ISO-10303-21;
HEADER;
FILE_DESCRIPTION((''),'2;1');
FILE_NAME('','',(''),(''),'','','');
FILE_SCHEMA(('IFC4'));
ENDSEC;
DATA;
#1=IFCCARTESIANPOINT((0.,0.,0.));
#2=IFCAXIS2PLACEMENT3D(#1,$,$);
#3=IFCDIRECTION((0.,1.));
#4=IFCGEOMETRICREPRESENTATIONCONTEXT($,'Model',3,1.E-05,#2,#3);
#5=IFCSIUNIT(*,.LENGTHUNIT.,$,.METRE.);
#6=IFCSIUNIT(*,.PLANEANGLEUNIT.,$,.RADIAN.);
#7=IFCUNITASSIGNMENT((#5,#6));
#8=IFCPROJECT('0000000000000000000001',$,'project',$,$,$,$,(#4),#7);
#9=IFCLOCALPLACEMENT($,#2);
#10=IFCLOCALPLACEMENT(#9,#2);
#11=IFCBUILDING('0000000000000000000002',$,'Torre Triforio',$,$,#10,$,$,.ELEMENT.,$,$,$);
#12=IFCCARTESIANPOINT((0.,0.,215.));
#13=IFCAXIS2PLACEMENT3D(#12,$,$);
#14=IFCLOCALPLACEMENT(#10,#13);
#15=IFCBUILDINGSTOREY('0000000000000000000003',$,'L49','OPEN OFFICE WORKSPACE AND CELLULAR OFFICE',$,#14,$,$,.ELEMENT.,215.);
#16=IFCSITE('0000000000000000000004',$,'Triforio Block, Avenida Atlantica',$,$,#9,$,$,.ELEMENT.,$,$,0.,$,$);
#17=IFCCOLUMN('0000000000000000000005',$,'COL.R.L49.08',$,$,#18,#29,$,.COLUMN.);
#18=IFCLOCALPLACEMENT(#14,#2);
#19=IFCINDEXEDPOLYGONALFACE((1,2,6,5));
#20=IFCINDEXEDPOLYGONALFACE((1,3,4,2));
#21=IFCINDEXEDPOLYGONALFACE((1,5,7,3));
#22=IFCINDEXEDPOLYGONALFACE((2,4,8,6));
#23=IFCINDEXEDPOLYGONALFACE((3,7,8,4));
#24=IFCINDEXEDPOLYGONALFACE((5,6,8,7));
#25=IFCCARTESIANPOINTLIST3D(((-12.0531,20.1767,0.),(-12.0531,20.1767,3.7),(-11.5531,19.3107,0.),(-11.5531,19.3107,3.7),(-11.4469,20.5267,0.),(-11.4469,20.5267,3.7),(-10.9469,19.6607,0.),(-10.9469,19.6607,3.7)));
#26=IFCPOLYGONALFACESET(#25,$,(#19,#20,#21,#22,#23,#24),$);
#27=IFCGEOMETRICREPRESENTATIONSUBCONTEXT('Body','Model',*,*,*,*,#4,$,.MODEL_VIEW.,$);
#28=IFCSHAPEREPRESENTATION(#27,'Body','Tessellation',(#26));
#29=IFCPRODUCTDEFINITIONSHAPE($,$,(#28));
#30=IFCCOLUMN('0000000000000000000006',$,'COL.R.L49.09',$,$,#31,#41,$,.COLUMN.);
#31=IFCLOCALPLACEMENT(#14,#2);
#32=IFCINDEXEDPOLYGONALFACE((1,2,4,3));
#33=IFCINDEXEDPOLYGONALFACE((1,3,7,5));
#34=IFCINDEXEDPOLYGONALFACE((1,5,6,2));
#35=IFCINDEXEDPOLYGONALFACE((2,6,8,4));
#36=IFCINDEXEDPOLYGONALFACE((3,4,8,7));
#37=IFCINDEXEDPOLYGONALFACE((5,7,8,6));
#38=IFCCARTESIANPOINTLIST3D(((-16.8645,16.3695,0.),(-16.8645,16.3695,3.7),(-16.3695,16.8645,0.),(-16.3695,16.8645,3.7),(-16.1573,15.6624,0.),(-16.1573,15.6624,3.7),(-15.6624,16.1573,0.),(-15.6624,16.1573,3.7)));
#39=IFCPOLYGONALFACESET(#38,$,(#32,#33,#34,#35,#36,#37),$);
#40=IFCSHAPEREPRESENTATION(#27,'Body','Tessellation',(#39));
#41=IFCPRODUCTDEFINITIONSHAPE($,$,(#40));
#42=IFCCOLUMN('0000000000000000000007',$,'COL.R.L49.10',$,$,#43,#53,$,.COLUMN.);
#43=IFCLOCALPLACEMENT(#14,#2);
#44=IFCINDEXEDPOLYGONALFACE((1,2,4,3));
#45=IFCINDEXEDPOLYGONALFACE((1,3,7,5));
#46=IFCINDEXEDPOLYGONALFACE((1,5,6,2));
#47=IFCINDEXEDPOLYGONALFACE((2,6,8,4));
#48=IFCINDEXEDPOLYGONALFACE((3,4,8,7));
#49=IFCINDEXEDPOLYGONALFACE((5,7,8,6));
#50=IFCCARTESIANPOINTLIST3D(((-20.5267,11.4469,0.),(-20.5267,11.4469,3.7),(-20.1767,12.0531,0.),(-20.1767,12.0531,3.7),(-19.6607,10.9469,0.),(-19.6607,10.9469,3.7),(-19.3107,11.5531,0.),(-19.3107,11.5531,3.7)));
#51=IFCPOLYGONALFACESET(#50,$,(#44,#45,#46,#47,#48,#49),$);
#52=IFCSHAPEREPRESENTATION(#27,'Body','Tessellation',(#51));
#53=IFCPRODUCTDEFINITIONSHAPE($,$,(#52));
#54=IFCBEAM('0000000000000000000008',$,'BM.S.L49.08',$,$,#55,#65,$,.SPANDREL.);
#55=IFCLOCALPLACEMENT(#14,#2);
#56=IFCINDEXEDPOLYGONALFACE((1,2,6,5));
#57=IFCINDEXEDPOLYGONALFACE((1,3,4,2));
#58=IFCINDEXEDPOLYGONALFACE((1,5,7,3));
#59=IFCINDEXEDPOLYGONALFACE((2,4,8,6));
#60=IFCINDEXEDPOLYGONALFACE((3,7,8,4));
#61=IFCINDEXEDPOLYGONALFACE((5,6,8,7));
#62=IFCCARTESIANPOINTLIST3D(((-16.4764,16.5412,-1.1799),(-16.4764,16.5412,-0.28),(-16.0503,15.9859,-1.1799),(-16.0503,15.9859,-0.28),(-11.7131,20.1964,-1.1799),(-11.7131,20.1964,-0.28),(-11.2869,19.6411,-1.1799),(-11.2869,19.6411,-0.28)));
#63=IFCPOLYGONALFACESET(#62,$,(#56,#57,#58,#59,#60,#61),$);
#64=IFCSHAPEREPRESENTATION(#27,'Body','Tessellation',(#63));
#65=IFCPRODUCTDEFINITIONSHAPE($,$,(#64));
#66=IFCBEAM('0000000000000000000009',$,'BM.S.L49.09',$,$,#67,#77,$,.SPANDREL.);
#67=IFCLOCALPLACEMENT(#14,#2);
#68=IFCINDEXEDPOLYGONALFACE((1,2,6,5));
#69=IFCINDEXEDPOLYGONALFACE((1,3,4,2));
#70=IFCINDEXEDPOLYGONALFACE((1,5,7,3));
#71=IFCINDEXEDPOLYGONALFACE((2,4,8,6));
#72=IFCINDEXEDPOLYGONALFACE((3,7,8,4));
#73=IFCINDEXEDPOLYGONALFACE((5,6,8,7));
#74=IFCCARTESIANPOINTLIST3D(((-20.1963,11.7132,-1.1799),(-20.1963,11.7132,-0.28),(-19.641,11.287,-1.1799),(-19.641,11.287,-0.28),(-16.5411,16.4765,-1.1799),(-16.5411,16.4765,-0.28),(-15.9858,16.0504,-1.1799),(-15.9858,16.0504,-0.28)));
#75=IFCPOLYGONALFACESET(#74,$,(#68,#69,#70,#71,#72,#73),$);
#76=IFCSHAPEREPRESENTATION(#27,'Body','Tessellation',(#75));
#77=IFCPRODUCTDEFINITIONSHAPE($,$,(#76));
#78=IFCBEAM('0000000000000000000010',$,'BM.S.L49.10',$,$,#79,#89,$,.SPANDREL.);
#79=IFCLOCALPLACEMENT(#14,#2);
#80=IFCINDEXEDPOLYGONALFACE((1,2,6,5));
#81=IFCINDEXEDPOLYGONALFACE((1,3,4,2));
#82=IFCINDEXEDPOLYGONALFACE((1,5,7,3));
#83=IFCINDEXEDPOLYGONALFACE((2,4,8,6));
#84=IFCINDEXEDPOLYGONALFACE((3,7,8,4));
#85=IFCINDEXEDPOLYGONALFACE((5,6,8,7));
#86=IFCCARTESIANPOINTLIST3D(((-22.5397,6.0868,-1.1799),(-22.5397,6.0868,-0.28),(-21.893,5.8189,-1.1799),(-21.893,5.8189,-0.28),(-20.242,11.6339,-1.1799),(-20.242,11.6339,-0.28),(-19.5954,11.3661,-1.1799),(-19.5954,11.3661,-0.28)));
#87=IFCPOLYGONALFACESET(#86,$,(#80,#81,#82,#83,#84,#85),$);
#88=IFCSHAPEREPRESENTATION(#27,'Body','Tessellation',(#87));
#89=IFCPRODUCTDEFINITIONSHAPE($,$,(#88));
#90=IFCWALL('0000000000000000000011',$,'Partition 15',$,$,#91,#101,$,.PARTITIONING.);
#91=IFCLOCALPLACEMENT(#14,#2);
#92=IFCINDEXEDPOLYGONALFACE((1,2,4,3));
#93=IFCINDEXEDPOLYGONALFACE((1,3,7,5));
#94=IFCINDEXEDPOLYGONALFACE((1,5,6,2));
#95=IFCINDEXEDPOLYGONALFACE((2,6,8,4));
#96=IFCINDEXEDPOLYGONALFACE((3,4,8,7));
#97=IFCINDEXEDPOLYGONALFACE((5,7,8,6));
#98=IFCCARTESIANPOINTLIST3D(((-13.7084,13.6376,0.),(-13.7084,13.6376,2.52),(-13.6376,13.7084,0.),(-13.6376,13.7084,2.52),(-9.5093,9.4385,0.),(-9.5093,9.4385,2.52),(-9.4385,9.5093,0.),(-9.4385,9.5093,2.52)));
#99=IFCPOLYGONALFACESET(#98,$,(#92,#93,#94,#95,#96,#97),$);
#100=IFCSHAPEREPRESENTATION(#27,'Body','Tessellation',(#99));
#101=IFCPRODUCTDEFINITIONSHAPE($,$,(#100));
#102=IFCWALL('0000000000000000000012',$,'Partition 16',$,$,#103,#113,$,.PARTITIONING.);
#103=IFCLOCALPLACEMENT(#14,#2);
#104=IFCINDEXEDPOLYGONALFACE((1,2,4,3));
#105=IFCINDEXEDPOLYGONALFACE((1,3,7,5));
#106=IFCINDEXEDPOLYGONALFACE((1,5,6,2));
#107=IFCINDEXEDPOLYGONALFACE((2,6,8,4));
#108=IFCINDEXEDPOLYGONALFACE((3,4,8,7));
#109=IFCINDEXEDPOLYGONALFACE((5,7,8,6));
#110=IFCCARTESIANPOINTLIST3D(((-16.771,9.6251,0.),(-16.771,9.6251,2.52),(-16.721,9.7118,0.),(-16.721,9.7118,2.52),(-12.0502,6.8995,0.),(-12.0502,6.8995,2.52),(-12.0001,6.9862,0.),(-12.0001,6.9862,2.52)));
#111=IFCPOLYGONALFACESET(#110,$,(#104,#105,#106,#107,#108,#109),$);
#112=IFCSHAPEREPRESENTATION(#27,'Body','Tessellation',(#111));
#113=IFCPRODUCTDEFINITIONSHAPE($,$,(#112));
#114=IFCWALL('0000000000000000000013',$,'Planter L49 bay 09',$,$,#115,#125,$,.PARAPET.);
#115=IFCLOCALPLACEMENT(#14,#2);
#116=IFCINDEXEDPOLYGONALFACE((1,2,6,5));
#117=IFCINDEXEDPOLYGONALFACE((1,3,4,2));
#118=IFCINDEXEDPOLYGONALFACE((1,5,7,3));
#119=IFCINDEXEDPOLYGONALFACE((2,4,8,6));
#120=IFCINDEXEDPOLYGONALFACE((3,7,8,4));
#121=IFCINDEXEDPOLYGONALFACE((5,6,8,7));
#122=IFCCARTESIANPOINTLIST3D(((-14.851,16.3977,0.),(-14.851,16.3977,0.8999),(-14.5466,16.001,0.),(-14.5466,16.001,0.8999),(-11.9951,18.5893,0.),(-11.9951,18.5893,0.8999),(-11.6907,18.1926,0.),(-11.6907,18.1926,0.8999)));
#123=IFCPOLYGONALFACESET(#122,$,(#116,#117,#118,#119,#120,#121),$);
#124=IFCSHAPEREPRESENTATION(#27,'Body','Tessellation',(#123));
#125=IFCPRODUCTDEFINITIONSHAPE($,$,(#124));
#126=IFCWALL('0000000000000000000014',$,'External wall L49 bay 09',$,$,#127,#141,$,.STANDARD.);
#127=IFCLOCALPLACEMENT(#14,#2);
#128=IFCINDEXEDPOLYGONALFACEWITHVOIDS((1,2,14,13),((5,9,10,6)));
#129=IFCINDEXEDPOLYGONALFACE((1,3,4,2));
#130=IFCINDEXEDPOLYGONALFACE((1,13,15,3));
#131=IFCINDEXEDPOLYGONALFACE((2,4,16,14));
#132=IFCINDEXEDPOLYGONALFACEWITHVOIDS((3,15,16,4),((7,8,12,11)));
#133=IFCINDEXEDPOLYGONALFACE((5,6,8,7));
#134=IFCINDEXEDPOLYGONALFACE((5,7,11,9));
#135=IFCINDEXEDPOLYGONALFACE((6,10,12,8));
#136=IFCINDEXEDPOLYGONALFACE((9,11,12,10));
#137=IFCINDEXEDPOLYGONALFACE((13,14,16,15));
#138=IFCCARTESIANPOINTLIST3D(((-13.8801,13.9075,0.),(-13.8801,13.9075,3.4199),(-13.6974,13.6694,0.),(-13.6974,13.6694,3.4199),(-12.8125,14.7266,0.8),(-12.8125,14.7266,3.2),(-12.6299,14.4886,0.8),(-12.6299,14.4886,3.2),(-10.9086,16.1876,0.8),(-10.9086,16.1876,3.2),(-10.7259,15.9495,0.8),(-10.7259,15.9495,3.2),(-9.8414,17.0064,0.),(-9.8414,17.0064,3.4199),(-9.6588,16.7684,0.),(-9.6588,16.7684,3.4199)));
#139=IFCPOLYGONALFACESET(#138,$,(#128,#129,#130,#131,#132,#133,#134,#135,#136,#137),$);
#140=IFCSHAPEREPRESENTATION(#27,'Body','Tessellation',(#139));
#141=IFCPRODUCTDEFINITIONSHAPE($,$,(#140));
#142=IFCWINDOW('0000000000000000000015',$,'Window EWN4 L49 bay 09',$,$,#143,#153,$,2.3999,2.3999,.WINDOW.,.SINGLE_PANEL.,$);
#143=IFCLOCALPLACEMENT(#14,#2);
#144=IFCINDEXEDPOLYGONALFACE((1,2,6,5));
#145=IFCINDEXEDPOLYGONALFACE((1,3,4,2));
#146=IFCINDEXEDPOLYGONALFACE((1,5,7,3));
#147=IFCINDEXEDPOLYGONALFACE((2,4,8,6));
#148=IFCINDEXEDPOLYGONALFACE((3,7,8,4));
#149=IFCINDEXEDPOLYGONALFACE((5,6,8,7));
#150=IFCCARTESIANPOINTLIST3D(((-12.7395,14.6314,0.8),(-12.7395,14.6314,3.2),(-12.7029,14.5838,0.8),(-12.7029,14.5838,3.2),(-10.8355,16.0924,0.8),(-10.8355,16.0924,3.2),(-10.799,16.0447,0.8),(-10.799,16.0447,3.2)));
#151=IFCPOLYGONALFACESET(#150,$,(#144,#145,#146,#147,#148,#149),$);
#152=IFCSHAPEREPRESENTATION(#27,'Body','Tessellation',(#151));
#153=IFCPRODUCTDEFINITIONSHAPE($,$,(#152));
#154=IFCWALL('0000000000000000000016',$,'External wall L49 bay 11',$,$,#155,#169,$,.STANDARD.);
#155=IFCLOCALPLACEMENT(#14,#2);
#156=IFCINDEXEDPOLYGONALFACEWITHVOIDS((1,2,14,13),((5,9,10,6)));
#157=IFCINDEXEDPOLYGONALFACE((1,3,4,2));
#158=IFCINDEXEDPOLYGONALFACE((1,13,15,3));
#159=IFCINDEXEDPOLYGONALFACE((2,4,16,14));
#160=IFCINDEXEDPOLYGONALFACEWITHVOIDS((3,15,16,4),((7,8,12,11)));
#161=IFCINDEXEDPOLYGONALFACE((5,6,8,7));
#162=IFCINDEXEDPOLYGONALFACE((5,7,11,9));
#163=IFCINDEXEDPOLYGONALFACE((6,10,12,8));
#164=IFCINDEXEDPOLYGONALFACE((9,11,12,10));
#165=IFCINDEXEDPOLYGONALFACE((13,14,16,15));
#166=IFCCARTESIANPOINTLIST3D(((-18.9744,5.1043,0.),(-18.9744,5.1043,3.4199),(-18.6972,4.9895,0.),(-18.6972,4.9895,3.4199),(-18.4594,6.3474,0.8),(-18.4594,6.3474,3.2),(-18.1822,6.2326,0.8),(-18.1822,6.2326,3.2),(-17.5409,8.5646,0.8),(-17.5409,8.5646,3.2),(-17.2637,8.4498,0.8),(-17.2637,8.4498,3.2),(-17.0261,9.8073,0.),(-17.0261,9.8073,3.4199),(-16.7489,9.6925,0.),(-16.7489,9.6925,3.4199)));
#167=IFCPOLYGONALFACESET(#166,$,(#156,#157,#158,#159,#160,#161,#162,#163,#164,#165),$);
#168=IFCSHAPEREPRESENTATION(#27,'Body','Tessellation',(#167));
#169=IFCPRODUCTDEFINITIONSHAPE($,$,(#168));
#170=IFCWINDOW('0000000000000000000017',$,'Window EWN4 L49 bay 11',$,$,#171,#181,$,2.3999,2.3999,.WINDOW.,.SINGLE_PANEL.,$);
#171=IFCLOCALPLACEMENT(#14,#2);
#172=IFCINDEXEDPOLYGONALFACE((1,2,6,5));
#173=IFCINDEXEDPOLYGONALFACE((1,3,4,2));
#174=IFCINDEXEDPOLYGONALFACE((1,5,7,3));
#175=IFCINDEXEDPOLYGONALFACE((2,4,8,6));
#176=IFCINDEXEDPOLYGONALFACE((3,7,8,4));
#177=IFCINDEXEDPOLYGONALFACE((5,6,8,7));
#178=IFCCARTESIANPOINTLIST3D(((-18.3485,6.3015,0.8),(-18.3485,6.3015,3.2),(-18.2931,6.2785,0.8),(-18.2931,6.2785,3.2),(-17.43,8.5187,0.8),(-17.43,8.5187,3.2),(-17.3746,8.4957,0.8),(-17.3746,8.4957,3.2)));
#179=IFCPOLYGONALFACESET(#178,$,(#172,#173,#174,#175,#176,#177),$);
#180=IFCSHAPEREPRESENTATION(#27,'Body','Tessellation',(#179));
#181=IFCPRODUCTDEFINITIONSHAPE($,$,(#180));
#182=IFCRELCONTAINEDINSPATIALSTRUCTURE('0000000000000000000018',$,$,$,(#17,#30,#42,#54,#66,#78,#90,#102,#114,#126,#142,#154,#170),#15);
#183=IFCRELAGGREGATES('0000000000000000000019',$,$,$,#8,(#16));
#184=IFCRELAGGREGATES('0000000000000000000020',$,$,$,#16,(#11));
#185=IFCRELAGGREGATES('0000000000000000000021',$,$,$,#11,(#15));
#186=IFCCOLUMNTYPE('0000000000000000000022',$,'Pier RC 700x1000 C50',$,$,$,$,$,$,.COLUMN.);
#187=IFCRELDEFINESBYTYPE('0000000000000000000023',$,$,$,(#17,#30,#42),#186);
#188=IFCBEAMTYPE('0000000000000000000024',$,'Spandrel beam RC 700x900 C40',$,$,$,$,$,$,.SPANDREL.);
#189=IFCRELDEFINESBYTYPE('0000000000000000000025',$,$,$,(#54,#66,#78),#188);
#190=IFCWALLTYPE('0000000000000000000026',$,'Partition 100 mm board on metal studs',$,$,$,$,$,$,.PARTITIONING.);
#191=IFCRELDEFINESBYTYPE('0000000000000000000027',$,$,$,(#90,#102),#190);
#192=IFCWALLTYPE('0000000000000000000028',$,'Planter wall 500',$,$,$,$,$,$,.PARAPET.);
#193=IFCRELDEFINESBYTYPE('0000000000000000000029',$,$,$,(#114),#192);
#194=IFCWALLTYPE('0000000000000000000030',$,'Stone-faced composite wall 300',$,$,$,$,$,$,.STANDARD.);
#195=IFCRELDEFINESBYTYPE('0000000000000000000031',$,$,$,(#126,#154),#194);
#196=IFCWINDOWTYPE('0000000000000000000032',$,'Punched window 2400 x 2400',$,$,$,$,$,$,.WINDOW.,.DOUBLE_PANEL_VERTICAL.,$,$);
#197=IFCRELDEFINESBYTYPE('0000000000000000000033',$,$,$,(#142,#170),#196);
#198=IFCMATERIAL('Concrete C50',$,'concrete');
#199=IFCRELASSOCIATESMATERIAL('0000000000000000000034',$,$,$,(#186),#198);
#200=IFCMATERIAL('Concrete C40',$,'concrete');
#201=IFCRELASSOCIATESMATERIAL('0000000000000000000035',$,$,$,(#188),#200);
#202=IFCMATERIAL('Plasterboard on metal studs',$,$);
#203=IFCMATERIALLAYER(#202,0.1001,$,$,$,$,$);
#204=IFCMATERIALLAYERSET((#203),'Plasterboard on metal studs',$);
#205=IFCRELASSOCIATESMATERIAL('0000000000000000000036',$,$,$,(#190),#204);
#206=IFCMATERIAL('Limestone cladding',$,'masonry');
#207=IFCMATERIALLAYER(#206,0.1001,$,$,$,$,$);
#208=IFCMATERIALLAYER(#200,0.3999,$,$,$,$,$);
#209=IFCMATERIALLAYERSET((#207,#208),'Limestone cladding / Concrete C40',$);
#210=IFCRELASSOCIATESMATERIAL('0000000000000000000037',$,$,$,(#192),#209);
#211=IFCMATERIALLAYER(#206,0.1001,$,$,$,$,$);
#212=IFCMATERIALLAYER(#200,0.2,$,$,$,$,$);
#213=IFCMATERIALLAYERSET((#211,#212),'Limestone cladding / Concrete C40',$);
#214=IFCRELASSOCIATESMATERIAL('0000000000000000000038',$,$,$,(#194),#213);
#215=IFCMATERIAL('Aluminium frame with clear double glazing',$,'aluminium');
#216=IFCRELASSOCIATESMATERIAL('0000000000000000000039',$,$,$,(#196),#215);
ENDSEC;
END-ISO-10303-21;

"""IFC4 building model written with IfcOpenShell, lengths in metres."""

from ifc_helpers import new_model, si_unit, direction, frame, frame_2d, origin, origin_2d, place, context, subcontext, project, spatial, rectangle, extrude, material, layer, layer_set, material_profile, profile_set, type_object, element, fill, save


model = new_model("IFC4")

# Units and contexts
model_context = context("Model", 3, precision=1e-05, world=origin(), true_north=direction((0.0, 1.0)))
body_context = subcontext(model_context, "Body", "Model", "MODEL_VIEW")
ifc_project = project(units=[si_unit("LENGTHUNIT", "METRE"), si_unit("PLANEANGLEUNIT", "RADIAN")], contexts=[model_context])

# Site, building, storey
site_placement = place(None, origin())
site = spatial("IfcSite", under=ifc_project, at=site_placement, Name="Triforio Block, Avenida Atlantica", CompositionType="ELEMENT", RefElevation=0.0)
building_placement = place(site_placement, origin())
building = spatial("IfcBuilding", under=site, at=building_placement, Name="Torre Triforio", CompositionType="ELEMENT")
storey_placement = place(building_placement, frame((0.0, 0.0, 215.0)))
storey = spatial("IfcBuildingStorey", under=building, at=storey_placement, Name="L49", Description="OPEN OFFICE WORKSPACE AND CELLULAR OFFICE", CompositionType="ELEMENT", Elevation=215.0)

# Columns
ifc_material_1 = material(Name="Concrete C50", Category="concrete")
ifc_material_profile_1 = material_profile(ifc_material_1, rectangle(XDim=0.7, YDim=1.0, at=origin_2d()), Name="RC 700x1000")
ifc_profile_set_1 = profile_set([ifc_material_profile_1], Name="Concrete C50")
column_type = type_object("IfcColumnType", Name="Pier RC 700x1000 C50", PredefinedType="COLUMN", material=ifc_profile_set_1)
for number, where, z_axis, x_axis, name in (
    (1, (-11.5, 19.9187, 0.0), (0.0, 0.0, 1.0), (-0.866025, -0.5, 0.0), "COL.R.L49.08"),
    (2, (-16.2634, 16.2634, 0.0), (0.0, 0.0, 1.0), (-0.707107, -0.707107, 0.0), "COL.R.L49.09"),
    (3, (-19.9187, 11.5, 0.0), (0.0, 0.0, 1.0), (-0.5, -0.866025, 0.0), "COL.R.L49.10"),
):
    element("IfcColumn", number, at=place(storey_placement, frame(where, z_axis=z_axis, x_axis=x_axis)), inside=storey, type_object=column_type, Name=name, PredefinedType="COLUMN", context=body_context, shape_type="SweptSolid", body=[
        extrude(rectangle(XDim=0.7, YDim=1.0, at=origin_2d()), origin(), (0.0, 0.0, 1.0), 3.7),
    ])

# Beams
ifc_material_2 = material(Name="Concrete C40", Category="concrete")
ifc_material_profile_2 = material_profile(ifc_material_2, rectangle(XDim=0.7, YDim=0.8999, at=origin_2d()), Name="RC 700x900")
ifc_profile_set_2 = profile_set([ifc_material_profile_2], Name="Concrete C40")
beam_type = type_object("IfcBeamType", Name="Spandrel beam RC 700x900 C40", PredefinedType="SPANDREL", material=ifc_profile_set_2)
for number, where, z_axis, x_axis, name in (
    (4, (-11.5, 19.9187, -0.73), (-0.79334, -0.608779, 0.0), (0.608779, -0.79334, 0.0), "BM.S.L49.08"),
    (5, (-16.2634, 16.2634, -0.73), (-0.608779, -0.79334, 0.0), (0.79334, -0.608779, 0.0), "BM.S.L49.09"),
    (6, (-19.9187, 11.5, -0.73), (-0.382671, -0.923885, 0.0), (0.923885, -0.382671, 0.0), "BM.S.L49.10"),
):
    element("IfcBeam", number, at=place(storey_placement, frame(where, z_axis=z_axis, x_axis=x_axis)), inside=storey, type_object=beam_type, Name=name, PredefinedType="SPANDREL", context=body_context, shape_type="SweptSolid", body=[
        extrude(rectangle(XDim=0.7, YDim=0.8999, at=origin_2d()), origin(), (0.0, 0.0, 1.0), 6.0042),
    ])

# Walls
ifc_material_3 = material(Name="Plasterboard on metal studs")
ifc_layer_1 = layer(ifc_material_3, 0.1001)
ifc_layer_set_1 = layer_set([ifc_layer_1], Name="Plasterboard on metal studs")
wall_type_1 = type_object("IfcWallType", Name="Partition 100 mm board on metal studs", PredefinedType="PARTITIONING", material=ifc_layer_set_1)
wall_1_placement = place(storey_placement, frame((-9.4739, 9.4739, 0.0), z_axis=(0.0, 0.0, 1.0), x_axis=(-0.707107, 0.707107, 0.0)))
element("IfcWall", 7, at=wall_1_placement, inside=storey, type_object=wall_type_1, Name="Partition 15", PredefinedType="PARTITIONING", context=body_context, shape_type="SweptSolid", body=[
    extrude(rectangle(XDim=5.9385, YDim=0.1001, at=frame_2d((2.9692, 0.0))), origin(), (0.0, 0.0, 1.0), 2.52),
])
wall_2_placement = place(storey_placement, frame((-12.0251, 6.9429, 0.0), z_axis=(0.0, 0.0, 1.0), x_axis=(-0.86603, 0.499993, 0.0)))
element("IfcWall", 8, at=wall_2_placement, inside=storey, type_object=wall_type_1, Name="Partition 16", PredefinedType="PARTITIONING", context=body_context, shape_type="SweptSolid", body=[
    extrude(rectangle(XDim=5.4512, YDim=0.1001, at=frame_2d((2.7256, 0.0))), origin(), (0.0, 0.0, 1.0), 2.52),
])
ifc_material_4 = material(Name="Limestone cladding", Category="masonry")
ifc_layer_2 = layer(ifc_material_4, 0.1001)
ifc_layer_3 = layer(ifc_material_2, 0.3999)
ifc_layer_set_2 = layer_set([ifc_layer_2, ifc_layer_3], Name="Limestone cladding / Concrete C40")
wall_type_2 = type_object("IfcWallType", Name="Planter wall 500", PredefinedType="PARAPET", material=ifc_layer_set_2)
wall_3_placement = place(storey_placement, frame((-11.843, 18.3909, 0.0), z_axis=(0.0, 0.0, 1.0), x_axis=(-0.793327, -0.608796, 0.0)))
element("IfcWall", 9, at=wall_3_placement, inside=storey, type_object=wall_type_2, Name="Planter L49 bay 09", PredefinedType="PARAPET", context=body_context, shape_type="SweptSolid", body=[
    extrude(rectangle(XDim=3.5999, YDim=0.5, at=frame_2d((1.7998, 0.0))), origin(), (0.0, 0.0, 1.0), 0.8999),
])

# Wall, opening, window
ifc_layer_4 = layer(ifc_material_4, 0.1001)
ifc_layer_5 = layer(ifc_material_2, 0.2)
ifc_layer_set_3 = layer_set([ifc_layer_4, ifc_layer_5], Name="Limestone cladding / Concrete C40")
wall_type_3 = type_object("IfcWallType", Name="Stone-faced composite wall 300", PredefinedType="STANDARD", material=ifc_layer_set_3)
wall_4_placement = place(storey_placement, frame((-9.75, 16.8875, 0.0), z_axis=(0.0, 0.0, 1.0), x_axis=(-0.793356, -0.608758, 0.0)))
wall_4 = element("IfcWall", 10, at=wall_4_placement, inside=storey, type_object=wall_type_3, Name="External wall L49 bay 09", PredefinedType="STANDARD", context=body_context, shape_type="SweptSolid", body=[
    extrude(rectangle(XDim=5.0906, YDim=0.3, at=frame_2d((2.5454, 0.0))), origin(), (0.0, 0.0, 1.0), 3.4199),
])
opening_1_placement = place(wall_4_placement, frame((1.3452, 0.0, 0.8)))
opening_1 = element("IfcOpeningElement", 11, at=opening_1_placement, cuts=wall_4, PredefinedType="OPENING", context=body_context, shape_type="SweptSolid", body=[
    extrude(rectangle(XDim=2.3999, YDim=2.3999, at=frame_2d((1.2, 1.2))), frame((0.0, 0.1599, 0.0), z_axis=(0.0, -1.0, 0.0), x_axis=(1.0, 0.0, 0.0)), (0.0, 0.0, 1.0), 0.3201),
])
ifc_material_5 = material(Name="Aluminium frame with clear double glazing", Category="aluminium")
window_type_1 = type_object("IfcWindowType", Name="Punched window 2400 x 2400", PartitioningType="DOUBLE_PANEL_VERTICAL", PredefinedType="WINDOW", material=ifc_material_5)
window_1_placement = place(opening_1_placement, origin())
window_1 = element("IfcWindow", 12, at=window_1_placement, inside=storey, type_object=window_type_1, Name="Window EWN4 L49 bay 09", OverallHeight=2.3999, OverallWidth=2.3999, PartitioningType="SINGLE_PANEL", PredefinedType="WINDOW", context=body_context, shape_type="SweptSolid", body=[
    extrude(rectangle(XDim=2.3999, YDim=2.3999, at=frame_2d((1.2, 1.2))), frame((0.0, 0.03, 0.0), z_axis=(0.0, -1.0, 0.0), x_axis=(1.0, 0.0, 0.0)), (0.0, 0.0, 1.0), 0.0601),
])
fill(opening_1, window_1)

# Wall, opening, window
wall_5_placement = place(storey_placement, frame((-16.8875, 9.75, 0.0), z_axis=(0.0, 0.0, 1.0), x_axis=(-0.382725, -0.923863, 0.0)))
wall_5 = element("IfcWall", 13, at=wall_5_placement, inside=storey, type_object=wall_type_3, Name="External wall L49 bay 11", PredefinedType="STANDARD", context=body_context, shape_type="SweptSolid", body=[
    extrude(rectangle(XDim=5.0906, YDim=0.3, at=frame_2d((2.5454, 0.0))), origin(), (0.0, 0.0, 1.0), 3.4199),
])
opening_2_placement = place(wall_5_placement, frame((1.3452, 0.0, 0.8)))
opening_2 = element("IfcOpeningElement", 14, at=opening_2_placement, cuts=wall_5, PredefinedType="OPENING", context=body_context, shape_type="SweptSolid", body=[
    extrude(rectangle(XDim=2.3999, YDim=2.3999, at=frame_2d((1.2, 1.2))), frame((0.0, 0.1599, 0.0), z_axis=(0.0, -1.0, 0.0), x_axis=(1.0, 0.0, 0.0)), (0.0, 0.0, 1.0), 0.3201),
])
window_2_placement = place(opening_2_placement, origin())
window_2 = element("IfcWindow", 15, at=window_2_placement, inside=storey, type_object=window_type_1, Name="Window EWN4 L49 bay 11", OverallHeight=2.3999, OverallWidth=2.3999, PartitioningType="SINGLE_PANEL", PredefinedType="WINDOW", context=body_context, shape_type="SweptSolid", body=[
    extrude(rectangle(XDim=2.3999, YDim=2.3999, at=frame_2d((1.2, 1.2))), frame((0.0, 0.03, 0.0), z_axis=(0.0, -1.0, 0.0), x_axis=(1.0, 0.0, 0.0)), (0.0, 0.0, 1.0), 0.0601),
])
fill(opening_2, window_2)

save(model, "model.ifc")
